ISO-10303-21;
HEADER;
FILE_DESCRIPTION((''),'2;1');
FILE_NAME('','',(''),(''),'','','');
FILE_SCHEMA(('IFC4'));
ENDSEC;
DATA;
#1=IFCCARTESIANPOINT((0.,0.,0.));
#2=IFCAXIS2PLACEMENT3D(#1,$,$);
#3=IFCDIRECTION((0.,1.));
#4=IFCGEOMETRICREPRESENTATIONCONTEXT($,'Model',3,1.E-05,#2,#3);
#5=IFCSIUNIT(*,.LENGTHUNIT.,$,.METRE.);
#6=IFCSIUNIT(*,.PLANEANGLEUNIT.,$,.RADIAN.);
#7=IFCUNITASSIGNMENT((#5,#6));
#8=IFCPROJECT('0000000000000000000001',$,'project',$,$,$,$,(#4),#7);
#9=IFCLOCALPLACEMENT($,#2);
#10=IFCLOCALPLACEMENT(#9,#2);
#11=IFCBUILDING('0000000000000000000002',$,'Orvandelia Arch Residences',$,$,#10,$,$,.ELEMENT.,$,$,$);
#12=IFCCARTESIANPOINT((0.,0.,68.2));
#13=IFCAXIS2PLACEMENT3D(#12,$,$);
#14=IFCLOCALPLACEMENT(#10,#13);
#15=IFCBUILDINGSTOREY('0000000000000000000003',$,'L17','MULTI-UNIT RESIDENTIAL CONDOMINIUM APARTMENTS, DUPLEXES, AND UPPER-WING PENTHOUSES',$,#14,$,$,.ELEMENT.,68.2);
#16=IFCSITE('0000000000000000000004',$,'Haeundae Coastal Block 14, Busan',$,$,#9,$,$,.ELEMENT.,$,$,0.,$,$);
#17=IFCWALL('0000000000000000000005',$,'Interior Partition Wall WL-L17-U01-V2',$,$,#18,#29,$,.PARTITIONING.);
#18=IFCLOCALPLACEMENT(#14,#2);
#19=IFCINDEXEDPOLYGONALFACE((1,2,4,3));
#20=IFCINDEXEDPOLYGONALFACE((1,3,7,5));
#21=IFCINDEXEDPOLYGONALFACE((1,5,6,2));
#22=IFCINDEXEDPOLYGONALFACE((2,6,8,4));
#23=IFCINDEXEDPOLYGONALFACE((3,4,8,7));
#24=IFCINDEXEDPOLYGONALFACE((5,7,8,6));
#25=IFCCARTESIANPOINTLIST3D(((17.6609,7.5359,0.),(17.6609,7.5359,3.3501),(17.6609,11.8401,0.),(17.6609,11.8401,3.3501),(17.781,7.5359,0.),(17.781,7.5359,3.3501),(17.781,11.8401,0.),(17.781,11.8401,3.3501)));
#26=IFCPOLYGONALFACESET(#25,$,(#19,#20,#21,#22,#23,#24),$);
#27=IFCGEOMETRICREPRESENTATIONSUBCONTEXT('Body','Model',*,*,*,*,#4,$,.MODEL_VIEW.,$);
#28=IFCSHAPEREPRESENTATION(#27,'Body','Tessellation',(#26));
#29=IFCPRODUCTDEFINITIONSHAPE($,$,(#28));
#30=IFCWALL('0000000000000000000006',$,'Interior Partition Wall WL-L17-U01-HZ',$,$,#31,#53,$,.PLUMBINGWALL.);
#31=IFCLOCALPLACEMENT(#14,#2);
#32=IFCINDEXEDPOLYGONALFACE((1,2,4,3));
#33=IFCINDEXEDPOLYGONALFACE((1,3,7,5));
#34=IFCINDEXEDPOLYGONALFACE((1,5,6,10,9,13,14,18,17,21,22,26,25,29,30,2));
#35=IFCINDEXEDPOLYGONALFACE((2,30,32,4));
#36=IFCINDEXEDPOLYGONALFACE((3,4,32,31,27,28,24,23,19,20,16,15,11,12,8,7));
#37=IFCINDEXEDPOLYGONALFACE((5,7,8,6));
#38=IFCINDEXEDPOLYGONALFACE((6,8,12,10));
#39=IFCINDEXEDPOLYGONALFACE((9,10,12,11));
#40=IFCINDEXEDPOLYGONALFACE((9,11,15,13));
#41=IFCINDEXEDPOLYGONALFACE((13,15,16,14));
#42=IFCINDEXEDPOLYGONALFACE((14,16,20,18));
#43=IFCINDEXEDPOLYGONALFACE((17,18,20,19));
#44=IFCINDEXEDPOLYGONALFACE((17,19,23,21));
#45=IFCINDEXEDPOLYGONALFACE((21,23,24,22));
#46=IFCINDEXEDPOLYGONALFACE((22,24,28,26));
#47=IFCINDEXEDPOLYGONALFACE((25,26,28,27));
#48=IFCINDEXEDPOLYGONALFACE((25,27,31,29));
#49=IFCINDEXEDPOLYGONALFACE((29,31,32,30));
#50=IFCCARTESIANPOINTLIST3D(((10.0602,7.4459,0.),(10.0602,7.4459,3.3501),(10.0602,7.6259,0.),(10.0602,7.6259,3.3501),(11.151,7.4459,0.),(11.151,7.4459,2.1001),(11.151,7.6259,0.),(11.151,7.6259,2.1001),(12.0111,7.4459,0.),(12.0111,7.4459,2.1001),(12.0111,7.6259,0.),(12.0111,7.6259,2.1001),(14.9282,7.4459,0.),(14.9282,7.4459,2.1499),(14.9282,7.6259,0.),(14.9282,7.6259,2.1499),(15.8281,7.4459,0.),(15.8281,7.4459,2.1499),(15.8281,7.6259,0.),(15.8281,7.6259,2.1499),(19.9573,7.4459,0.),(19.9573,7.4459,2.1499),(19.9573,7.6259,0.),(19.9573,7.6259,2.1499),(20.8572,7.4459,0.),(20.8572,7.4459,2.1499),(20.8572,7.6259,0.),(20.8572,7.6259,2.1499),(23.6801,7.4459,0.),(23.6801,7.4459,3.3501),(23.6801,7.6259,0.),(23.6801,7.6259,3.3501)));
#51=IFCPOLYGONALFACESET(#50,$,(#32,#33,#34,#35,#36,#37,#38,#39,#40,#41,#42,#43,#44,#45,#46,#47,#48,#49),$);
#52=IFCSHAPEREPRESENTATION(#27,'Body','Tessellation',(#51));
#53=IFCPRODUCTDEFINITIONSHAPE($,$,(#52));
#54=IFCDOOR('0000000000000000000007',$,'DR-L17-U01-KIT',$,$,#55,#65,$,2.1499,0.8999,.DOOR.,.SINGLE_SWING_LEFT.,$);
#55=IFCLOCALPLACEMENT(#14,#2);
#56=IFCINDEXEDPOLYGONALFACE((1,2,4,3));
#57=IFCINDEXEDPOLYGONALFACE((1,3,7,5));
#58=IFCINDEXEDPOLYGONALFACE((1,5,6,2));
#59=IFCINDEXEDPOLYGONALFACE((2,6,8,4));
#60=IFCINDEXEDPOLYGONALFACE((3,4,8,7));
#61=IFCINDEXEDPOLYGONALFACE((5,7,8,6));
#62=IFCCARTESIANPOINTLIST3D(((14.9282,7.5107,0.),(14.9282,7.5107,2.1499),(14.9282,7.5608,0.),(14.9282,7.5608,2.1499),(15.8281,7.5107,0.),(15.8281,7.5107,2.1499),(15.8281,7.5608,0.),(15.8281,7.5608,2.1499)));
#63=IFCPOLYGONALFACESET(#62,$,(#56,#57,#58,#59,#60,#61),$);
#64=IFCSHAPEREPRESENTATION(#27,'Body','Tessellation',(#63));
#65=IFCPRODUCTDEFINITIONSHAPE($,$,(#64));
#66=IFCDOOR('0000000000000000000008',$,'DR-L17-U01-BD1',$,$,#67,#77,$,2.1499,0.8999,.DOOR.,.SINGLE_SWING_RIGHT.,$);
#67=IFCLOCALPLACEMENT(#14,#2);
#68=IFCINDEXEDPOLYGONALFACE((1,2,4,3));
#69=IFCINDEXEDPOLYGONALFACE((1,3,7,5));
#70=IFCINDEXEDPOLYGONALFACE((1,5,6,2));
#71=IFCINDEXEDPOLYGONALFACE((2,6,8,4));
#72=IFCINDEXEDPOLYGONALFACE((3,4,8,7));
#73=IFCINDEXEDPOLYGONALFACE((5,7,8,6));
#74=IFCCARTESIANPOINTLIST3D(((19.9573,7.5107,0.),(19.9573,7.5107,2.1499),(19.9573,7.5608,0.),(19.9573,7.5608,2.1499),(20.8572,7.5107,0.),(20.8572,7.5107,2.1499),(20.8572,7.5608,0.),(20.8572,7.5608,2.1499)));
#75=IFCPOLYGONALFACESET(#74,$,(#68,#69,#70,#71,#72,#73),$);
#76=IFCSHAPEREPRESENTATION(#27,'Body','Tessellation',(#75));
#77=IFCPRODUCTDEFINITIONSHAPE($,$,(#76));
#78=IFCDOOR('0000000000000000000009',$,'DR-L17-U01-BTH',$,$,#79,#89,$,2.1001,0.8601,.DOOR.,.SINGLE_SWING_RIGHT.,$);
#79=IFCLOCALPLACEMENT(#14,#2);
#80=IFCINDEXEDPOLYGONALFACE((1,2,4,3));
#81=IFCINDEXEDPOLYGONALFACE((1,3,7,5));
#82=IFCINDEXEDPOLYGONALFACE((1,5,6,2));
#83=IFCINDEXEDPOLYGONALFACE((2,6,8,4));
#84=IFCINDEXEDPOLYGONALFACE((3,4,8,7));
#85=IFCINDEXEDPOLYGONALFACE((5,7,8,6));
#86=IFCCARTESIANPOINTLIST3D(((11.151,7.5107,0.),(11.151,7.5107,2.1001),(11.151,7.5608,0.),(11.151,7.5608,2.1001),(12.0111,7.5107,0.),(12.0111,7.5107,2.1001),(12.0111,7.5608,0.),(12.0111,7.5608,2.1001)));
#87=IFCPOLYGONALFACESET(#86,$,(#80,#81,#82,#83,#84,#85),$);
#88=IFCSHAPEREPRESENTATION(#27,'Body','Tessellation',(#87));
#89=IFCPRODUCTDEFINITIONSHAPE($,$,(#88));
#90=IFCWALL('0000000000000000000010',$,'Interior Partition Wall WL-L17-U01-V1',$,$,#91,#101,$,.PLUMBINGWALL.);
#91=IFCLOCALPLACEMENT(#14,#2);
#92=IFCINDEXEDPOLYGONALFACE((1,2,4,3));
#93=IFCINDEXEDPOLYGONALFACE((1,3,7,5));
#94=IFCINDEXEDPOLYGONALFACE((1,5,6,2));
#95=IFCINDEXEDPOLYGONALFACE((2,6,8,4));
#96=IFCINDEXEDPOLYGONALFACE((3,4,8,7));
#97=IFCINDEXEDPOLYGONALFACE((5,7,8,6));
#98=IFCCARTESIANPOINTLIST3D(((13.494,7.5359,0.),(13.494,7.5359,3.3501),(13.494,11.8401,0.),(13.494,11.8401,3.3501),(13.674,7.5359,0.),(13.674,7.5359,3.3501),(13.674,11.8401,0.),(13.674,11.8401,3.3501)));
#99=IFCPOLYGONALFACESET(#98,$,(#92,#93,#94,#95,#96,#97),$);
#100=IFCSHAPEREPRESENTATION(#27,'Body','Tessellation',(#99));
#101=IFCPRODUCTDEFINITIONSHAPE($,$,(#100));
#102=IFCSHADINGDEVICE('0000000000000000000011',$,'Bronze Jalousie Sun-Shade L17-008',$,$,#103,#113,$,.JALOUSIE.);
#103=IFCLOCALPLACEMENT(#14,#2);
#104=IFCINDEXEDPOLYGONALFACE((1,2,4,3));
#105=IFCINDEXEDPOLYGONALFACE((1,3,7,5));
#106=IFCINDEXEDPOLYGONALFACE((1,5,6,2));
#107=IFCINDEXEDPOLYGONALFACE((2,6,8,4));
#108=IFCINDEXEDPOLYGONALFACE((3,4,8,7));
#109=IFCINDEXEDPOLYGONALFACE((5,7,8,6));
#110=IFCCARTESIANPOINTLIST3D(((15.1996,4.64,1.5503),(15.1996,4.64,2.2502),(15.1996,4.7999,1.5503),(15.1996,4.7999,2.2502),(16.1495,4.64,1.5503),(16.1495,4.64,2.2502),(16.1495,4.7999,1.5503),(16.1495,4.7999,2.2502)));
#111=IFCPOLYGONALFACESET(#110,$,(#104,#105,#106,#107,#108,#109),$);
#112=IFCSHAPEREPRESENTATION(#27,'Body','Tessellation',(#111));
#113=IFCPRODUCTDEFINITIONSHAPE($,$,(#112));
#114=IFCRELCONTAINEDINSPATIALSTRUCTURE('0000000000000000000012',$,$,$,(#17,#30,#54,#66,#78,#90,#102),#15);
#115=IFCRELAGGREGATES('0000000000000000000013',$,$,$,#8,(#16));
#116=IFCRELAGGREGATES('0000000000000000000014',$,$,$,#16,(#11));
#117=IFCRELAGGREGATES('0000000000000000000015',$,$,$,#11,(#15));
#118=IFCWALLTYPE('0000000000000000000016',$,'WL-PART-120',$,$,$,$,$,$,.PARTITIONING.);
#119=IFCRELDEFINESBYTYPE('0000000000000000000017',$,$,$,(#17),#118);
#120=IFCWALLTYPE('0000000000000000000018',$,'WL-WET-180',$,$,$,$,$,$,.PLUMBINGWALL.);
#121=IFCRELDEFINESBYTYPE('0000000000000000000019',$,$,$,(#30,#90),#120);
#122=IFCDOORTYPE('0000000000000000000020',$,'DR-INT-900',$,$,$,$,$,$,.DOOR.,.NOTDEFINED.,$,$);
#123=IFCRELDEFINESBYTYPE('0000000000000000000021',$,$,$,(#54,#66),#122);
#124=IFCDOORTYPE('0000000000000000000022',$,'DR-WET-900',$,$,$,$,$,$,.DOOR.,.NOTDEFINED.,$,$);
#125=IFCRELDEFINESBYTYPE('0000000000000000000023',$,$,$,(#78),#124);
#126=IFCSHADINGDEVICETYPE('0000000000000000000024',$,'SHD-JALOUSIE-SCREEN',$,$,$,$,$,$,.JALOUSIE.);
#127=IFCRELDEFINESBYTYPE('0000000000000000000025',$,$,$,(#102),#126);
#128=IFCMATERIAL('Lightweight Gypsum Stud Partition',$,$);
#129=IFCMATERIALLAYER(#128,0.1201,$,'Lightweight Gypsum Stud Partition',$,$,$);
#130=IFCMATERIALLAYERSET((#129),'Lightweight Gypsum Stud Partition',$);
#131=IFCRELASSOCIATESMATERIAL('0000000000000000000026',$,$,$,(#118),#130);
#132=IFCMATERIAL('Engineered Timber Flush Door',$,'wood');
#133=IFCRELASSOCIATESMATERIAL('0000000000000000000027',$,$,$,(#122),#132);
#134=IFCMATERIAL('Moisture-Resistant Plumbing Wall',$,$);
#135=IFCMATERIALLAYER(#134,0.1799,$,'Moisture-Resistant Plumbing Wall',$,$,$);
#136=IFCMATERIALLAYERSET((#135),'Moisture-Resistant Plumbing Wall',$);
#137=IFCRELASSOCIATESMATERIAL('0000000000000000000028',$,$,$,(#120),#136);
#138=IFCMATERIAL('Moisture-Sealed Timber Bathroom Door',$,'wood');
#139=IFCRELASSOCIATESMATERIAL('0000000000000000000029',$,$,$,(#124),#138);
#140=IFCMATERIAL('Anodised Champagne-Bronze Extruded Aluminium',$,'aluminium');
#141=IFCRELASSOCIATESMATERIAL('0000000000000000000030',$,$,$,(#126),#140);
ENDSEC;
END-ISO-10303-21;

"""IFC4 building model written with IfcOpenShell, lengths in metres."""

from ifc_helpers import new_model, si_unit, direction, frame, frame_2d, origin, origin_2d, place, context, subcontext, project, spatial, rectangle, extrude, material, layer, layer_set, type_object, element, fill, save


model = new_model("IFC4")

# Units and contexts
model_context = context("Model", 3, precision=1e-05, world=origin(), true_north=direction((0.0, 1.0)))
body_context = subcontext(model_context, "Body", "Model", "MODEL_VIEW")
ifc_project = project(units=[si_unit("LENGTHUNIT", "METRE"), si_unit("PLANEANGLEUNIT", "RADIAN")], contexts=[model_context])

# Site, building, storey
site_placement = place(None, origin())
site = spatial("IfcSite", under=ifc_project, at=site_placement, Name="Haeundae Coastal Block 14, Busan", CompositionType="ELEMENT", RefElevation=0.0)
building_placement = place(site_placement, origin())
building = spatial("IfcBuilding", under=site, at=building_placement, Name="Orvandelia Arch Residences", CompositionType="ELEMENT")
storey_placement = place(building_placement, frame((0.0, 0.0, 68.2)))
storey = spatial("IfcBuildingStorey", under=building, at=storey_placement, Name="L17", Description="MULTI-UNIT RESIDENTIAL CONDOMINIUM APARTMENTS, DUPLEXES, AND UPPER-WING PENTHOUSES", CompositionType="ELEMENT", Elevation=68.2)

# Wall
ifc_material_1 = material(Name="Lightweight Gypsum Stud Partition")
ifc_layer_1 = layer(ifc_material_1, 0.1201, Name="Lightweight Gypsum Stud Partition")
ifc_layer_set_1 = layer_set([ifc_layer_1], Name="Lightweight Gypsum Stud Partition")
wall_type_1 = type_object("IfcWallType", Name="WL-PART-120", PredefinedType="PARTITIONING", material=ifc_layer_set_1)
wall_1_placement = place(storey_placement, frame((17.7209, 7.5359, 0.0), z_axis=(0.0, 0.0, 1.0), x_axis=(0.0, 1.0, 0.0)))
element("IfcWall", 1, at=wall_1_placement, inside=storey, type_object=wall_type_1, Name="Interior Partition Wall WL-L17-U01-V2", PredefinedType="PARTITIONING", context=body_context, shape_type="SweptSolid", body=[
    extrude(rectangle(XDim=4.3042, YDim=0.1201, at=frame_2d((2.1521, 0.0))), origin(), (0.0, 0.0, 1.0), 3.3501),
])

# Shared definitions
ifc_material_2 = material(Name="Engineered Timber Flush Door", Category="wood")
door_type_1 = type_object("IfcDoorType", Name="DR-INT-900", OperationType="NOTDEFINED", PredefinedType="DOOR", material=ifc_material_2)

# Wall, openings, doors
ifc_material_3 = material(Name="Moisture-Resistant Plumbing Wall")
ifc_layer_2 = layer(ifc_material_3, 0.1799, Name="Moisture-Resistant Plumbing Wall")
ifc_layer_set_2 = layer_set([ifc_layer_2], Name="Moisture-Resistant Plumbing Wall")
wall_type_2 = type_object("IfcWallType", Name="WL-WET-180", PredefinedType="PLUMBINGWALL", material=ifc_layer_set_2)
wall_2_placement = place(storey_placement, frame((10.0601, 7.5359, 0.0), z_axis=(0.0, 0.0, 1.0), x_axis=(1.0, 0.0, 0.0)))
wall_2 = element("IfcWall", 2, at=wall_2_placement, inside=storey, type_object=wall_type_2, Name="Interior Partition Wall WL-L17-U01-HZ", PredefinedType="PLUMBINGWALL", context=body_context, shape_type="SweptSolid", body=[
    extrude(rectangle(XDim=13.6199, YDim=0.1799, at=frame_2d((6.8101, 0.0))), origin(), (0.0, 0.0, 1.0), 3.3501),
])
opening_1_placement = place(wall_2_placement, frame((1.0908, 0.0, 0.0)))
opening_1 = element("IfcOpeningElement", 3, at=opening_1_placement, cuts=wall_2, PredefinedType="OPENING", context=body_context, shape_type="SweptSolid", body=[
    extrude(rectangle(XDim=0.8601, YDim=2.1001, at=frame_2d((0.4302, 1.05))), frame((0.0, 0.1001, 0.0), z_axis=(0.0, -1.0, 0.0), x_axis=(1.0, 0.0, 0.0)), (0.0, 0.0, 1.0), 0.2),
])
opening_2_placement = place(wall_2_placement, frame((4.8682, 0.0, 0.0)))
opening_2 = element("IfcOpeningElement", 4, at=opening_2_placement, cuts=wall_2, PredefinedType="OPENING", context=body_context, shape_type="SweptSolid", body=[
    extrude(rectangle(XDim=0.8999, YDim=2.1499, at=frame_2d((0.45, 1.075))), frame((0.0, 0.1001, 0.0), z_axis=(0.0, -1.0, 0.0), x_axis=(1.0, 0.0, 0.0)), (0.0, 0.0, 1.0), 0.2),
])
opening_3_placement = place(wall_2_placement, frame((9.8972, 0.0, 0.0)))
opening_3 = element("IfcOpeningElement", 5, at=opening_3_placement, cuts=wall_2, PredefinedType="OPENING", context=body_context, shape_type="SweptSolid", body=[
    extrude(rectangle(XDim=0.8999, YDim=2.1499, at=frame_2d((0.45, 1.075))), frame((0.0, 0.1001, 0.0), z_axis=(0.0, -1.0, 0.0), x_axis=(1.0, 0.0, 0.0)), (0.0, 0.0, 1.0), 0.2),
])
door_1_placement = place(opening_2_placement, origin())
door_1 = element("IfcDoor", 6, at=door_1_placement, inside=storey, type_object=door_type_1, Name="DR-L17-U01-KIT", OperationType="SINGLE_SWING_LEFT", OverallHeight=2.1499, OverallWidth=0.8999, PredefinedType="DOOR", context=body_context, shape_type="SweptSolid", body=[
    extrude(rectangle(XDim=0.8999, YDim=2.1499, at=frame_2d((0.45, 1.075))), frame((0.0, 0.0249, 0.0), z_axis=(0.0, -1.0, 0.0), x_axis=(1.0, 0.0, 0.0)), (0.0, 0.0, 1.0), 0.05),
])
fill(opening_2, door_1)
door_2_placement = place(opening_3_placement, origin())
door_2 = element("IfcDoor", 7, at=door_2_placement, inside=storey, type_object=door_type_1, Name="DR-L17-U01-BD1", OperationType="SINGLE_SWING_RIGHT", OverallHeight=2.1499, OverallWidth=0.8999, PredefinedType="DOOR", context=body_context, shape_type="SweptSolid", body=[
    extrude(rectangle(XDim=0.8999, YDim=2.1499, at=frame_2d((0.45, 1.075))), frame((0.0, 0.0249, 0.0), z_axis=(0.0, -1.0, 0.0), x_axis=(1.0, 0.0, 0.0)), (0.0, 0.0, 1.0), 0.05),
])
fill(opening_3, door_2)
ifc_material_4 = material(Name="Moisture-Sealed Timber Bathroom Door", Category="wood")
door_type_2 = type_object("IfcDoorType", Name="DR-WET-900", OperationType="NOTDEFINED", PredefinedType="DOOR", material=ifc_material_4)
door_3_placement = place(opening_1_placement, origin())
door_3 = element("IfcDoor", 8, at=door_3_placement, inside=storey, type_object=door_type_2, Name="DR-L17-U01-BTH", OperationType="SINGLE_SWING_RIGHT", OverallHeight=2.1001, OverallWidth=0.8601, PredefinedType="DOOR", context=body_context, shape_type="SweptSolid", body=[
    extrude(rectangle(XDim=0.8601, YDim=2.1001, at=frame_2d((0.4302, 1.05))), frame((0.0, 0.0249, 0.0), z_axis=(0.0, -1.0, 0.0), x_axis=(1.0, 0.0, 0.0)), (0.0, 0.0, 1.0), 0.05),
])
fill(opening_1, door_3)

# Wall
wall_3_placement = place(storey_placement, frame((13.584, 7.5359, 0.0), z_axis=(0.0, 0.0, 1.0), x_axis=(0.0, 1.0, 0.0)))
element("IfcWall", 9, at=wall_3_placement, inside=storey, type_object=wall_type_2, Name="Interior Partition Wall WL-L17-U01-V1", PredefinedType="PLUMBINGWALL", context=body_context, shape_type="SweptSolid", body=[
    extrude(rectangle(XDim=4.3042, YDim=0.1799, at=frame_2d((2.1521, 0.0))), origin(), (0.0, 0.0, 1.0), 3.3501),
])

# Shading device
ifc_material_5 = material(Name="Anodised Champagne-Bronze Extruded Aluminium", Category="aluminium")
shading_device_type = type_object("IfcShadingDeviceType", Name="SHD-JALOUSIE-SCREEN", PredefinedType="JALOUSIE", material=ifc_material_5)
shading_device_placement = place(storey_placement, frame((15.6746, 4.72, 1.5503), z_axis=(0.0, 0.0, 1.0), x_axis=(-1.0, 0.0, 0.0)))
element("IfcShadingDevice", 10, at=shading_device_placement, inside=storey, type_object=shading_device_type, Name="Bronze Jalousie Sun-Shade L17-008", PredefinedType="JALOUSIE", context=body_context, shape_type="SweptSolid", body=[
    extrude(rectangle(XDim=0.95, YDim=0.1599, at=origin_2d()), origin(), (0.0, 0.0, 1.0), 0.7),
])

save(model, "model.ifc")
